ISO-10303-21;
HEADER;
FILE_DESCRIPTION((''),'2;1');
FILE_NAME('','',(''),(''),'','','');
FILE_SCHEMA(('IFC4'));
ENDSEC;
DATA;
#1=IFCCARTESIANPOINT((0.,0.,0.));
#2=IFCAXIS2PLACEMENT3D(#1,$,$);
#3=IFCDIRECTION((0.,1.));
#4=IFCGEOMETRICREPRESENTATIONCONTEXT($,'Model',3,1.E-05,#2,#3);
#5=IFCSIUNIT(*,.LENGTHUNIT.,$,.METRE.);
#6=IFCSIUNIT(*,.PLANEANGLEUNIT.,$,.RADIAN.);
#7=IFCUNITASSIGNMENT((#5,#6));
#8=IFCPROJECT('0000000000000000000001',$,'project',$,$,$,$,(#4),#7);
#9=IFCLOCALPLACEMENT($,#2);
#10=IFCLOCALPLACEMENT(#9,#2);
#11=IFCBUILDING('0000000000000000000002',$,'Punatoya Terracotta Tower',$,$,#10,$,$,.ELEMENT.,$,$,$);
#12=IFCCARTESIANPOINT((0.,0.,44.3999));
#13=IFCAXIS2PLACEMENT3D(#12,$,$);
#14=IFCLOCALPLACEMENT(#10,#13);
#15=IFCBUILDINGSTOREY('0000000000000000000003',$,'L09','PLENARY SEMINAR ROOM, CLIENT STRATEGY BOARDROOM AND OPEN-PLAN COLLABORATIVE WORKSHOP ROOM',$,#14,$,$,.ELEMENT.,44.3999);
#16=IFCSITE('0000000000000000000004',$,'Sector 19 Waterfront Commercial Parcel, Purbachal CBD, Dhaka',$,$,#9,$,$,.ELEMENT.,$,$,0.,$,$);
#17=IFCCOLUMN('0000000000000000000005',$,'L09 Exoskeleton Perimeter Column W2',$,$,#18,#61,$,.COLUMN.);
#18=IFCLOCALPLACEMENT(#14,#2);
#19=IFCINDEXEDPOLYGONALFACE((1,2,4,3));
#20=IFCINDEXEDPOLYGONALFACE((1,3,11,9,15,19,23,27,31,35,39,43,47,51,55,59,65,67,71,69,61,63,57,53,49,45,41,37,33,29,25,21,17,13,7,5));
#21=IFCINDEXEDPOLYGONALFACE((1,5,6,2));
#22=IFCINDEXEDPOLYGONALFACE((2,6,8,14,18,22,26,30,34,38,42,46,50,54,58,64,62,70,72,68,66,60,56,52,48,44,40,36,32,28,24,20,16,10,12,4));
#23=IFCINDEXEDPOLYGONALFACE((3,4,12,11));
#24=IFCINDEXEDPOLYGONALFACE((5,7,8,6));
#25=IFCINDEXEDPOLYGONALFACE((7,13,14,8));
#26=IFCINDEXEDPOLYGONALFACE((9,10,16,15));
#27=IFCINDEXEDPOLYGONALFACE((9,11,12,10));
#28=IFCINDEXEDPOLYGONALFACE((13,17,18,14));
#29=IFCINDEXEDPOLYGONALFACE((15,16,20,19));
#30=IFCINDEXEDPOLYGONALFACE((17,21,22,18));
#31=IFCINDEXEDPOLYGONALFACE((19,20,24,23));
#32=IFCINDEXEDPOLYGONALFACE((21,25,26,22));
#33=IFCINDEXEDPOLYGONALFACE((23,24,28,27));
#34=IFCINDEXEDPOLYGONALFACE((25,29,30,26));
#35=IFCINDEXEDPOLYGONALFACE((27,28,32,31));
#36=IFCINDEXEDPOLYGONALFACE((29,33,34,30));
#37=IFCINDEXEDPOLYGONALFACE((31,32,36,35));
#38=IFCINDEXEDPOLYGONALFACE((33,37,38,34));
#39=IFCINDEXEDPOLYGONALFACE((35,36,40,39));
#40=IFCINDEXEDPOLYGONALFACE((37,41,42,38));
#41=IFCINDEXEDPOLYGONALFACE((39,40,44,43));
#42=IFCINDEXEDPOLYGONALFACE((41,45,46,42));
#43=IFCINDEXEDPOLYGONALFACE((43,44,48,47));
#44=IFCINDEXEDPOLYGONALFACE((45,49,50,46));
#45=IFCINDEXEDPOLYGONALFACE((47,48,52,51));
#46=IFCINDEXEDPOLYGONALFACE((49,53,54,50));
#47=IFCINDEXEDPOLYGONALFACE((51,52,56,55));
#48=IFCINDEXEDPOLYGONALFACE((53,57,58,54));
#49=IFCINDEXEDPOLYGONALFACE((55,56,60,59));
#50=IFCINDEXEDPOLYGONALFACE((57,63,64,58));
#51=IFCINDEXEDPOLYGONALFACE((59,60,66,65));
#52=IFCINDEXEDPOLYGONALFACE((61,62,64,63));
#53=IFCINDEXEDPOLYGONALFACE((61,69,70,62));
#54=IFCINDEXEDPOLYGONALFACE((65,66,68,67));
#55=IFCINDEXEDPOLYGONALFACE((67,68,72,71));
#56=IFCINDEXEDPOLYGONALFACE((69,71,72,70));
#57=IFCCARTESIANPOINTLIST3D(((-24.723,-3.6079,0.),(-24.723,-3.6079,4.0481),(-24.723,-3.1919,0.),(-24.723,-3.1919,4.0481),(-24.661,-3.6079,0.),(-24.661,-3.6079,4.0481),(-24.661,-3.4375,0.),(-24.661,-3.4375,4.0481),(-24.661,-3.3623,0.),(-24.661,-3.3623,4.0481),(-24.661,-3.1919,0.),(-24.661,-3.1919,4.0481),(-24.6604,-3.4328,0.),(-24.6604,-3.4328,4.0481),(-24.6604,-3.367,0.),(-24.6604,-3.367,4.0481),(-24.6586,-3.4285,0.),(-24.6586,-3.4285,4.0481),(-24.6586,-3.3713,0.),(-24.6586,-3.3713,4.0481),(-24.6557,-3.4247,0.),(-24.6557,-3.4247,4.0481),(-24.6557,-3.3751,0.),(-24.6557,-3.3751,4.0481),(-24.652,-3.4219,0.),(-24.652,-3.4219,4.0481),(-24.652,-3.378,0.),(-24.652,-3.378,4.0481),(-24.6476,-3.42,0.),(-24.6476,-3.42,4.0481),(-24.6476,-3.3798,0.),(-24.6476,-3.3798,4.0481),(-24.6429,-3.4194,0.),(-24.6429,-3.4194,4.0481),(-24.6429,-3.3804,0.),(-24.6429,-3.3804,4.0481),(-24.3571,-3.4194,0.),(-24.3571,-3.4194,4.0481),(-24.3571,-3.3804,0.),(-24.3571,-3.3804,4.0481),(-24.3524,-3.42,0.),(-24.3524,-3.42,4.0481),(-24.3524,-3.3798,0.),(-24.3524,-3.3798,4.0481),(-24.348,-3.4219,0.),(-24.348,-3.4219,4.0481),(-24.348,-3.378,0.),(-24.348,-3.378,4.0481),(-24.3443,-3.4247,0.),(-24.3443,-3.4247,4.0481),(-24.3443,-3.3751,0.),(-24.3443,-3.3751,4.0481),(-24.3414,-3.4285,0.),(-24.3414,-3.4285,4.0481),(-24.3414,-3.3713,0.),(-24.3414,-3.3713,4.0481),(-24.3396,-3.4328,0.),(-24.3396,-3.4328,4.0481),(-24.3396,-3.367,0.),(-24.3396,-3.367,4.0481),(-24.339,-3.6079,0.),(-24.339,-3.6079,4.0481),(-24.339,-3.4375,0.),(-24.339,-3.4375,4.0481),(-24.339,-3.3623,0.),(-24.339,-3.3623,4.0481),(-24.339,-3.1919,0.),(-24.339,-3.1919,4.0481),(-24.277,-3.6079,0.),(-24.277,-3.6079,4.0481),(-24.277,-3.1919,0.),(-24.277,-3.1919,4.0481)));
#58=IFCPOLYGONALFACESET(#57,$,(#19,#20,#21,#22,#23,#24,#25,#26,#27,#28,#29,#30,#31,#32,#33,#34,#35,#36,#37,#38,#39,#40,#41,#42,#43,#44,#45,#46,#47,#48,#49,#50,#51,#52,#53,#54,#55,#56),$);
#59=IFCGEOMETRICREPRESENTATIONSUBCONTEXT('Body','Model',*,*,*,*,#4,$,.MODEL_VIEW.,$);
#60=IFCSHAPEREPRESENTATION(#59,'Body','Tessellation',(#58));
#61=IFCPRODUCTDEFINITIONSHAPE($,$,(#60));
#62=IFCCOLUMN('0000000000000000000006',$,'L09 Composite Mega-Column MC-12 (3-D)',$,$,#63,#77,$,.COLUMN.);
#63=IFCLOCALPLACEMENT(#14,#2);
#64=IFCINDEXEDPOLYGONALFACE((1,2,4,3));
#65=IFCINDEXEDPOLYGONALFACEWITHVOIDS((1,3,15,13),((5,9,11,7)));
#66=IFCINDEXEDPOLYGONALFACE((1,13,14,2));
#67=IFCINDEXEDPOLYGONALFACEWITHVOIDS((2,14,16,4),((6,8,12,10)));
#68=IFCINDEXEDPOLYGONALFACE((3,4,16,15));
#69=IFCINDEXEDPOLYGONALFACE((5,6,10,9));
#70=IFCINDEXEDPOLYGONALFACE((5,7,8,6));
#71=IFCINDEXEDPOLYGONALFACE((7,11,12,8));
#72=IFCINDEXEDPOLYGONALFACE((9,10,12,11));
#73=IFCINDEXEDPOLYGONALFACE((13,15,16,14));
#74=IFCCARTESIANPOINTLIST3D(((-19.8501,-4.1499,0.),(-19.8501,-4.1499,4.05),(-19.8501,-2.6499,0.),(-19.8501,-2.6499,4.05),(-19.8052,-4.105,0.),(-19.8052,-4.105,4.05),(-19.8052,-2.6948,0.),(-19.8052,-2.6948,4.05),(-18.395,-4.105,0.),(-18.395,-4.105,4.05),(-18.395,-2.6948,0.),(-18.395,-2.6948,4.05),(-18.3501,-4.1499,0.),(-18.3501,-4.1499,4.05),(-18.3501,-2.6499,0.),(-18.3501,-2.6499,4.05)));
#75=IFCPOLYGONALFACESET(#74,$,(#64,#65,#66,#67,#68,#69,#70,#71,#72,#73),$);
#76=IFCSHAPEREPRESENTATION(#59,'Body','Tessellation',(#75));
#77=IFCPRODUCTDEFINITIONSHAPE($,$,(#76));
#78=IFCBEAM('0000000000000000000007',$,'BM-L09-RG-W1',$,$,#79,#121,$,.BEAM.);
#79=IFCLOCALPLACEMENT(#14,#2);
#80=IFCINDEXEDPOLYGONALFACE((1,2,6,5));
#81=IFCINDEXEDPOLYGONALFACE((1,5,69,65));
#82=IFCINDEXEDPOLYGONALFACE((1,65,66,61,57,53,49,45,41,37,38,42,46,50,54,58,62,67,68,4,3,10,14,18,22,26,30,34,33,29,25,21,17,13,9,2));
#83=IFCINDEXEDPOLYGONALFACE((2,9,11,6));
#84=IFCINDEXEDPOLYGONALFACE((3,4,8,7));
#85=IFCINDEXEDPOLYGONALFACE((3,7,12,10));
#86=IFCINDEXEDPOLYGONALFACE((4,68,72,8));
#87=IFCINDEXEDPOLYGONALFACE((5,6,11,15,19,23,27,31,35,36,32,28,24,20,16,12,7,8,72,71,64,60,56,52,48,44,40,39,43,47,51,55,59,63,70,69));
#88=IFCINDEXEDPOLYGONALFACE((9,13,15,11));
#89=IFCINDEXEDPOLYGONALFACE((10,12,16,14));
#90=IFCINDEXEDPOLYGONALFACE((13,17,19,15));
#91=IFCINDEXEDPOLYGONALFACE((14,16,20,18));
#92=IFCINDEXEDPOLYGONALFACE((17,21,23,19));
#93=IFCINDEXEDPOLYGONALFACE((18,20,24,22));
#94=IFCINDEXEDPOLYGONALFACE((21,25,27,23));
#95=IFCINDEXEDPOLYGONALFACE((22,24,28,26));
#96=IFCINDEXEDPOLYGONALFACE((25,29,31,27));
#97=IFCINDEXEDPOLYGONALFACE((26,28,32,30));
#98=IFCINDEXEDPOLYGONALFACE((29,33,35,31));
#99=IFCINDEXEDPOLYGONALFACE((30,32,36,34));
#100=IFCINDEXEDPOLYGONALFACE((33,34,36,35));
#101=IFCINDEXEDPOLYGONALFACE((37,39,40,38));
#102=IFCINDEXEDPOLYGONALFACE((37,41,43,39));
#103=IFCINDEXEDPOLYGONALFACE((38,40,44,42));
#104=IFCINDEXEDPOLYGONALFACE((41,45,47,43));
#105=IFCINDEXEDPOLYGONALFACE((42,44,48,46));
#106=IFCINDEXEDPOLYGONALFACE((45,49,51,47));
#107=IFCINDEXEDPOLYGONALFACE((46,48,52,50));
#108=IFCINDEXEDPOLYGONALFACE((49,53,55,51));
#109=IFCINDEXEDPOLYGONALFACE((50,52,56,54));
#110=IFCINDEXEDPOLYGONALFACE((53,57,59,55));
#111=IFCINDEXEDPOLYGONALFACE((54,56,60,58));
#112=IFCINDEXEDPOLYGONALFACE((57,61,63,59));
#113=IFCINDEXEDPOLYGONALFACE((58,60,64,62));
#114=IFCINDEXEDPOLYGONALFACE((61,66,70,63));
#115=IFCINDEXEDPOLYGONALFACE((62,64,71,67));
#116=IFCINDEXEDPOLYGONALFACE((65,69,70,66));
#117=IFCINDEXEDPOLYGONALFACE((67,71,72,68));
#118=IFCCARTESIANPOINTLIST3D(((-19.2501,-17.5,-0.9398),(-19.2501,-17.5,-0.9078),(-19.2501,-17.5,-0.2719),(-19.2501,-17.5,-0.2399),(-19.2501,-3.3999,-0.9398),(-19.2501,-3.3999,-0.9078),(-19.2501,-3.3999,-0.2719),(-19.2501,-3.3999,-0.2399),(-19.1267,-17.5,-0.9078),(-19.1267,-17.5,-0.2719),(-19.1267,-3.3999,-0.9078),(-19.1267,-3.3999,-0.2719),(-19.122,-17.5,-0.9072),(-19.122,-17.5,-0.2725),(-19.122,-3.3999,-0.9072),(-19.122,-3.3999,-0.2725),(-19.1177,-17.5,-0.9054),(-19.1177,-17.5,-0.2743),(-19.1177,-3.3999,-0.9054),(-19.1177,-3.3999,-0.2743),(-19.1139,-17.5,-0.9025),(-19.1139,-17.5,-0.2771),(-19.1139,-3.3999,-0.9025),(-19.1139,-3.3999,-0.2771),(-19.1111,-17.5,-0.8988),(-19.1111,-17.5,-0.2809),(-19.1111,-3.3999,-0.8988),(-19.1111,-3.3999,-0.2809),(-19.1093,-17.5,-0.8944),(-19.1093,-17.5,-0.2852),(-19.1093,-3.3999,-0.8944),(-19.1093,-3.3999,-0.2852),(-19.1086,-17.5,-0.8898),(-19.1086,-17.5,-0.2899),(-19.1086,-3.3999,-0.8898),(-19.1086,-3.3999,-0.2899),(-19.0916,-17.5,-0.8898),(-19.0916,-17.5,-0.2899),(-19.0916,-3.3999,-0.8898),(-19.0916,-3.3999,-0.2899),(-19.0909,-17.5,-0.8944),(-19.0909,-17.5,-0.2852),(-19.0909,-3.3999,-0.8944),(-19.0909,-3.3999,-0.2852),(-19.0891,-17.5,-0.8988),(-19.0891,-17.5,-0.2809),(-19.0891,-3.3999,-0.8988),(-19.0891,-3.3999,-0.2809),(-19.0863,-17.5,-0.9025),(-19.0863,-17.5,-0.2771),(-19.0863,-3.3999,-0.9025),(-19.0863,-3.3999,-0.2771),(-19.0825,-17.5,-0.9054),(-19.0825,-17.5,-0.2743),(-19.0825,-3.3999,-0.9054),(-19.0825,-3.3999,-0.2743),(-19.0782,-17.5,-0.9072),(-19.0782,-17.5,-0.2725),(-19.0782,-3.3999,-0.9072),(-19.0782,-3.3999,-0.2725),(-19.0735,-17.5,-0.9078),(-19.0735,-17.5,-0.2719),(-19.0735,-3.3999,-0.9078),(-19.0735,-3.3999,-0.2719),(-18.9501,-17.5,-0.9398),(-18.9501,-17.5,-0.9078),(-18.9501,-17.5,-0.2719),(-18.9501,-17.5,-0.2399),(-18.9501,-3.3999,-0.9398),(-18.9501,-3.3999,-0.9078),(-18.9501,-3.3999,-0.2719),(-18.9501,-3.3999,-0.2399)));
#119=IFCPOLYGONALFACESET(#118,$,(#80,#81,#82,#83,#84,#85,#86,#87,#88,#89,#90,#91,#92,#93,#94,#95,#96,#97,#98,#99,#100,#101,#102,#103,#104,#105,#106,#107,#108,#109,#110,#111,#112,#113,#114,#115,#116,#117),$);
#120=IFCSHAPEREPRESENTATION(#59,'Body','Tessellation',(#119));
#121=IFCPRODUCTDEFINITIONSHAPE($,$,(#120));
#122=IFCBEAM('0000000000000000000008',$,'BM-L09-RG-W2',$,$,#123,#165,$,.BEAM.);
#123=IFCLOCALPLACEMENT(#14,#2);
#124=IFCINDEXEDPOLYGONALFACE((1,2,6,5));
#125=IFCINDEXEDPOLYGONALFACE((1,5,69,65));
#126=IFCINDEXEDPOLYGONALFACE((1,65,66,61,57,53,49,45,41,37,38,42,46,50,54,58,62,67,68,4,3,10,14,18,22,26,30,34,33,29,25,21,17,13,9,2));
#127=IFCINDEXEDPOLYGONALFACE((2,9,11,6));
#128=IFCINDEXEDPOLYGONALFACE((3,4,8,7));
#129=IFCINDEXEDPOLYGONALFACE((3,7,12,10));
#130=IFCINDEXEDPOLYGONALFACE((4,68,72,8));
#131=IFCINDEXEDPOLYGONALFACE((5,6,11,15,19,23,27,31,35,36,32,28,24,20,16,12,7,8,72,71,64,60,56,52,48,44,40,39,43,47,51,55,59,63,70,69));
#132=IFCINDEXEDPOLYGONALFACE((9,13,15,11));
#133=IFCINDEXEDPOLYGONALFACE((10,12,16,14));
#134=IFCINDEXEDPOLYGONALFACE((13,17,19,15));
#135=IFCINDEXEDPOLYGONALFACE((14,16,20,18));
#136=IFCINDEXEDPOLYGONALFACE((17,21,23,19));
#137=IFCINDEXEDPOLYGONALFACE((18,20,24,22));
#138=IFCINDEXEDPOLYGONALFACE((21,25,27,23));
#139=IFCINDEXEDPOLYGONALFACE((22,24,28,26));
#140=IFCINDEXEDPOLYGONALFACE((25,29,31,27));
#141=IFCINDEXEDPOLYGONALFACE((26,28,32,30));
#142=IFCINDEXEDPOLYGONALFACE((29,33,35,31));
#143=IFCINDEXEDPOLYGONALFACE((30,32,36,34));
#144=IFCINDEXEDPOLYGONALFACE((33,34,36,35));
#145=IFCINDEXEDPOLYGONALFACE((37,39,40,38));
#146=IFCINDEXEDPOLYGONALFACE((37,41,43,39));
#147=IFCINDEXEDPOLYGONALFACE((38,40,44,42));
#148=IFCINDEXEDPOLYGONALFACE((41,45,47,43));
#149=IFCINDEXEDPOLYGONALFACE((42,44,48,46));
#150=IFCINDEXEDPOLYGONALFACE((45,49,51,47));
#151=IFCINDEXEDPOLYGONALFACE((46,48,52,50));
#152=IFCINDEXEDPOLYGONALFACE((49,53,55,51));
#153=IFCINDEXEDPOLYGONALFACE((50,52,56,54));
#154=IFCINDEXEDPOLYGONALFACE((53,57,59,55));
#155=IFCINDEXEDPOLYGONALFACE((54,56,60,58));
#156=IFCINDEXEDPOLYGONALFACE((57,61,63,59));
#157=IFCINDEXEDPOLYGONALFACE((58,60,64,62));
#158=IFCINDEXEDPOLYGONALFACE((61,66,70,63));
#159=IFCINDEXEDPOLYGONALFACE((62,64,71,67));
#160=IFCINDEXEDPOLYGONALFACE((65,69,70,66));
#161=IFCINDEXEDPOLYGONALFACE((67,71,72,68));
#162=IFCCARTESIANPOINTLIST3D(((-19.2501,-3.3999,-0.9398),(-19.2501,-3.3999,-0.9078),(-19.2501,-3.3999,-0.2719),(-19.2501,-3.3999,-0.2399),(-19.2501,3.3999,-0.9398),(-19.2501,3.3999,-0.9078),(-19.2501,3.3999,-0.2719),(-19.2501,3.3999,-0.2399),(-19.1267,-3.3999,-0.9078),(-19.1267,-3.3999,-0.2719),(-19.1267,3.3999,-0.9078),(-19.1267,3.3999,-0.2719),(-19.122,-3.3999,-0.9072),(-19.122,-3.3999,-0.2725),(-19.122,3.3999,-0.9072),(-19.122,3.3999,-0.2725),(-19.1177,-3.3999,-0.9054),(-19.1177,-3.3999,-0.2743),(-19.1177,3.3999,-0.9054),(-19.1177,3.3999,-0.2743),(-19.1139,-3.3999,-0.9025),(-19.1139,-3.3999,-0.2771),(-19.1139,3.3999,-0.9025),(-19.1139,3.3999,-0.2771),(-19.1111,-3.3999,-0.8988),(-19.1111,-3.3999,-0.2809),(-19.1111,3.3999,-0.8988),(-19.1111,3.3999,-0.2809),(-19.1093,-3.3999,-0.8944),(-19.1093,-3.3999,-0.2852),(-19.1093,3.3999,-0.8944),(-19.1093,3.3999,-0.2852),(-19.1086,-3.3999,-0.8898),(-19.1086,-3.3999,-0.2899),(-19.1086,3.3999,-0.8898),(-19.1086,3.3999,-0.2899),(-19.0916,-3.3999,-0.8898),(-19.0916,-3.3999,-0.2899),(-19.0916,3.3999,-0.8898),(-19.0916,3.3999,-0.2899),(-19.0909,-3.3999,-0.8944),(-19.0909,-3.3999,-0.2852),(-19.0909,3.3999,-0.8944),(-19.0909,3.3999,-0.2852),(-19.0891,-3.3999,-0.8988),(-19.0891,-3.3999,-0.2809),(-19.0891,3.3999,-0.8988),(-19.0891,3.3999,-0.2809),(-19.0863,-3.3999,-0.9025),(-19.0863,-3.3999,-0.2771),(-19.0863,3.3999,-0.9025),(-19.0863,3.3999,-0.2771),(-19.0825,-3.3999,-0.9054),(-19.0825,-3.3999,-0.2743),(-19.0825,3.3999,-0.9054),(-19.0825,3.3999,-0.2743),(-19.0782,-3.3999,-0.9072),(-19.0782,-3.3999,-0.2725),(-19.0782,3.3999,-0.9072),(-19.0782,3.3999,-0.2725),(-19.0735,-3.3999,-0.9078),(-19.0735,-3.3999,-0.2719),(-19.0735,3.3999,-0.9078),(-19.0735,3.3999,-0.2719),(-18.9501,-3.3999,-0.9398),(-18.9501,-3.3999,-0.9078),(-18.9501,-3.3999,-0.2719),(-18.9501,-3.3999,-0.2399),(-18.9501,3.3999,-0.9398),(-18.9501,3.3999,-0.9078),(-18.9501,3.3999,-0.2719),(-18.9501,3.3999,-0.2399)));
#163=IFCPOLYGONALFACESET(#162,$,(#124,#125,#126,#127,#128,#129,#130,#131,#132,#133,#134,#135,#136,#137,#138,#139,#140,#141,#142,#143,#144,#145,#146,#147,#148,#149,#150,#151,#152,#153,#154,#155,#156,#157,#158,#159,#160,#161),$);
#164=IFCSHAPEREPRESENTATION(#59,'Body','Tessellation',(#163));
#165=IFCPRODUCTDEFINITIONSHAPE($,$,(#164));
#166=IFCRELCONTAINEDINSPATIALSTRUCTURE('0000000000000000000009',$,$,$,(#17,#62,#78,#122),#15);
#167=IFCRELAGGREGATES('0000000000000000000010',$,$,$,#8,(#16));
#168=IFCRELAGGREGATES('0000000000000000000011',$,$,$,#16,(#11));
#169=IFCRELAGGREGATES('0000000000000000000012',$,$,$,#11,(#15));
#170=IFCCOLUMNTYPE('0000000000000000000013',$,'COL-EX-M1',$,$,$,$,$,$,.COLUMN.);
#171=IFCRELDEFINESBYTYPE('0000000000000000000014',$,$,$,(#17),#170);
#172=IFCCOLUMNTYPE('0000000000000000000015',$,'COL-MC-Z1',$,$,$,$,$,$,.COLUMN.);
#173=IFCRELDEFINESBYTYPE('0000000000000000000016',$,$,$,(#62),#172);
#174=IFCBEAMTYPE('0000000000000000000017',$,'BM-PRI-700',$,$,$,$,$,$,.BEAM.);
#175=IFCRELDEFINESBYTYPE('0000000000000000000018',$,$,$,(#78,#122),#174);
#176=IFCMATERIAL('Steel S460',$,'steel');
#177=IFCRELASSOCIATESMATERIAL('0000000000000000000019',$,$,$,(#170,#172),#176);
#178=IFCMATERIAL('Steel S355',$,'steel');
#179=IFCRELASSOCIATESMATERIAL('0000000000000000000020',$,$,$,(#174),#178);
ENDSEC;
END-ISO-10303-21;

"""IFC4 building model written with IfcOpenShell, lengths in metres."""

from ifc_helpers import new_model, si_unit, direction, frame, origin, origin_2d, place, context, subcontext, project, spatial, hollow_rectangle, i_section, extrude, material, material_profile, profile_set, type_object, element, save


model = new_model("IFC4")

# Units and contexts
model_context = context("Model", 3, precision=1e-05, world=origin(), true_north=direction((0.0, 1.0)))
body_context = subcontext(model_context, "Body", "Model", "MODEL_VIEW")
ifc_project = project(units=[si_unit("LENGTHUNIT", "METRE"), si_unit("PLANEANGLEUNIT", "RADIAN")], contexts=[model_context])

# Site, building, storey
site_placement = place(None, origin())
site = spatial("IfcSite", under=ifc_project, at=site_placement, Name="Sector 19 Waterfront Commercial Parcel, Purbachal CBD, Dhaka", CompositionType="ELEMENT", RefElevation=0.0)
building_placement = place(site_placement, origin())
building = spatial("IfcBuilding", under=site, at=building_placement, Name="Punatoya Terracotta Tower", CompositionType="ELEMENT")
storey_placement = place(building_placement, frame((0.0, 0.0, 44.3999)))
storey = spatial("IfcBuildingStorey", under=building, at=storey_placement, Name="L09", Description="PLENARY SEMINAR ROOM, CLIENT STRATEGY BOARDROOM AND OPEN-PLAN COLLABORATIVE WORKSHOP ROOM", CompositionType="ELEMENT", Elevation=44.3999)

# Columns
ifc_material_1 = material(Name="Steel S460", Category="steel")
ifc_material_profile_1 = material_profile(ifc_material_1, i_section(OverallWidth=0.416, OverallDepth=0.446, WebThickness=0.0391, FlangeThickness=0.062, FilletRadius=0.0181, at=origin_2d()))
ifc_profile_set_1 = profile_set([ifc_material_profile_1], Name="Steel S460")
column_type_1 = type_object("IfcColumnType", Name="COL-EX-M1", PredefinedType="COLUMN", material=ifc_profile_set_1)
column_1_placement = place(storey_placement, frame((-24.5, -3.3999, 0.0), z_axis=(0.0, 0.0, 1.0), x_axis=(0.0, 1.0, 0.0)))
element("IfcColumn", 1, at=column_1_placement, inside=storey, type_object=column_type_1, Name="L09 Exoskeleton Perimeter Column W2", PredefinedType="COLUMN", context=body_context, shape_type="SweptSolid", body=[
    extrude(i_section(OverallWidth=0.416, OverallDepth=0.446, WebThickness=0.0391, FlangeThickness=0.062, FilletRadius=0.0181, at=origin_2d()), origin(), (0.0, 0.0, 1.0), 4.0481),
])
ifc_material_profile_2 = material_profile(ifc_material_1, hollow_rectangle(XDim=1.5, YDim=1.5, WallThickness=0.0449, at=origin_2d()))
ifc_profile_set_2 = profile_set([ifc_material_profile_2], Name="Steel S460")
column_type_2 = type_object("IfcColumnType", Name="COL-MC-Z1", PredefinedType="COLUMN", material=ifc_profile_set_2)
column_2_placement = place(storey_placement, frame((-19.1001, -3.3999, 0.0), z_axis=(0.0, 0.0, 1.0), x_axis=(1.0, 0.0, 0.0)))
element("IfcColumn", 2, at=column_2_placement, inside=storey, type_object=column_type_2, Name="L09 Composite Mega-Column MC-12 (3-D)", PredefinedType="COLUMN", context=body_context, shape_type="SweptSolid", body=[
    extrude(hollow_rectangle(XDim=1.5, YDim=1.5, WallThickness=0.0449, at=origin_2d()), origin(), (0.0, 0.0, 1.0), 4.05),
])

# Beams
ifc_material_2 = material(Name="Steel S355", Category="steel")
ifc_material_profile_3 = material_profile(ifc_material_2, i_section(OverallWidth=0.3, OverallDepth=0.7, WebThickness=0.0171, FlangeThickness=0.032, FilletRadius=0.0181, at=origin_2d()))
ifc_profile_set_3 = profile_set([ifc_material_profile_3], Name="Steel S355")
beam_type_1 = type_object("IfcBeamType", Name="BM-PRI-700", PredefinedType="BEAM", material=ifc_profile_set_3)
beam_1_placement = place(storey_placement, frame((-19.1001, -17.5, -0.5898), z_axis=(0.0, 1.0, 0.0), x_axis=(-1.0, 0.0, 0.0)))
element("IfcBeam", 3, at=beam_1_placement, inside=storey, type_object=beam_type_1, Name="BM-L09-RG-W1", PredefinedType="BEAM", context=body_context, shape_type="SweptSolid", body=[
    extrude(i_section(OverallWidth=0.3, OverallDepth=0.7, WebThickness=0.0171, FlangeThickness=0.032, FilletRadius=0.0181, at=origin_2d()), origin(), (0.0, 0.0, 1.0), 14.1001),
])
beam_2_placement = place(storey_placement, frame((-19.1001, -3.3999, -0.5898), z_axis=(0.0, 1.0, 0.0), x_axis=(-1.0, 0.0, 0.0)))
element("IfcBeam", 4, at=beam_2_placement, inside=storey, type_object=beam_type_1, Name="BM-L09-RG-W2", PredefinedType="BEAM", context=body_context, shape_type="SweptSolid", body=[
    extrude(i_section(OverallWidth=0.3, OverallDepth=0.7, WebThickness=0.0171, FlangeThickness=0.032, FilletRadius=0.0181, at=origin_2d()), origin(), (0.0, 0.0, 1.0), 6.7998),
])

save(model, "model.ifc")
